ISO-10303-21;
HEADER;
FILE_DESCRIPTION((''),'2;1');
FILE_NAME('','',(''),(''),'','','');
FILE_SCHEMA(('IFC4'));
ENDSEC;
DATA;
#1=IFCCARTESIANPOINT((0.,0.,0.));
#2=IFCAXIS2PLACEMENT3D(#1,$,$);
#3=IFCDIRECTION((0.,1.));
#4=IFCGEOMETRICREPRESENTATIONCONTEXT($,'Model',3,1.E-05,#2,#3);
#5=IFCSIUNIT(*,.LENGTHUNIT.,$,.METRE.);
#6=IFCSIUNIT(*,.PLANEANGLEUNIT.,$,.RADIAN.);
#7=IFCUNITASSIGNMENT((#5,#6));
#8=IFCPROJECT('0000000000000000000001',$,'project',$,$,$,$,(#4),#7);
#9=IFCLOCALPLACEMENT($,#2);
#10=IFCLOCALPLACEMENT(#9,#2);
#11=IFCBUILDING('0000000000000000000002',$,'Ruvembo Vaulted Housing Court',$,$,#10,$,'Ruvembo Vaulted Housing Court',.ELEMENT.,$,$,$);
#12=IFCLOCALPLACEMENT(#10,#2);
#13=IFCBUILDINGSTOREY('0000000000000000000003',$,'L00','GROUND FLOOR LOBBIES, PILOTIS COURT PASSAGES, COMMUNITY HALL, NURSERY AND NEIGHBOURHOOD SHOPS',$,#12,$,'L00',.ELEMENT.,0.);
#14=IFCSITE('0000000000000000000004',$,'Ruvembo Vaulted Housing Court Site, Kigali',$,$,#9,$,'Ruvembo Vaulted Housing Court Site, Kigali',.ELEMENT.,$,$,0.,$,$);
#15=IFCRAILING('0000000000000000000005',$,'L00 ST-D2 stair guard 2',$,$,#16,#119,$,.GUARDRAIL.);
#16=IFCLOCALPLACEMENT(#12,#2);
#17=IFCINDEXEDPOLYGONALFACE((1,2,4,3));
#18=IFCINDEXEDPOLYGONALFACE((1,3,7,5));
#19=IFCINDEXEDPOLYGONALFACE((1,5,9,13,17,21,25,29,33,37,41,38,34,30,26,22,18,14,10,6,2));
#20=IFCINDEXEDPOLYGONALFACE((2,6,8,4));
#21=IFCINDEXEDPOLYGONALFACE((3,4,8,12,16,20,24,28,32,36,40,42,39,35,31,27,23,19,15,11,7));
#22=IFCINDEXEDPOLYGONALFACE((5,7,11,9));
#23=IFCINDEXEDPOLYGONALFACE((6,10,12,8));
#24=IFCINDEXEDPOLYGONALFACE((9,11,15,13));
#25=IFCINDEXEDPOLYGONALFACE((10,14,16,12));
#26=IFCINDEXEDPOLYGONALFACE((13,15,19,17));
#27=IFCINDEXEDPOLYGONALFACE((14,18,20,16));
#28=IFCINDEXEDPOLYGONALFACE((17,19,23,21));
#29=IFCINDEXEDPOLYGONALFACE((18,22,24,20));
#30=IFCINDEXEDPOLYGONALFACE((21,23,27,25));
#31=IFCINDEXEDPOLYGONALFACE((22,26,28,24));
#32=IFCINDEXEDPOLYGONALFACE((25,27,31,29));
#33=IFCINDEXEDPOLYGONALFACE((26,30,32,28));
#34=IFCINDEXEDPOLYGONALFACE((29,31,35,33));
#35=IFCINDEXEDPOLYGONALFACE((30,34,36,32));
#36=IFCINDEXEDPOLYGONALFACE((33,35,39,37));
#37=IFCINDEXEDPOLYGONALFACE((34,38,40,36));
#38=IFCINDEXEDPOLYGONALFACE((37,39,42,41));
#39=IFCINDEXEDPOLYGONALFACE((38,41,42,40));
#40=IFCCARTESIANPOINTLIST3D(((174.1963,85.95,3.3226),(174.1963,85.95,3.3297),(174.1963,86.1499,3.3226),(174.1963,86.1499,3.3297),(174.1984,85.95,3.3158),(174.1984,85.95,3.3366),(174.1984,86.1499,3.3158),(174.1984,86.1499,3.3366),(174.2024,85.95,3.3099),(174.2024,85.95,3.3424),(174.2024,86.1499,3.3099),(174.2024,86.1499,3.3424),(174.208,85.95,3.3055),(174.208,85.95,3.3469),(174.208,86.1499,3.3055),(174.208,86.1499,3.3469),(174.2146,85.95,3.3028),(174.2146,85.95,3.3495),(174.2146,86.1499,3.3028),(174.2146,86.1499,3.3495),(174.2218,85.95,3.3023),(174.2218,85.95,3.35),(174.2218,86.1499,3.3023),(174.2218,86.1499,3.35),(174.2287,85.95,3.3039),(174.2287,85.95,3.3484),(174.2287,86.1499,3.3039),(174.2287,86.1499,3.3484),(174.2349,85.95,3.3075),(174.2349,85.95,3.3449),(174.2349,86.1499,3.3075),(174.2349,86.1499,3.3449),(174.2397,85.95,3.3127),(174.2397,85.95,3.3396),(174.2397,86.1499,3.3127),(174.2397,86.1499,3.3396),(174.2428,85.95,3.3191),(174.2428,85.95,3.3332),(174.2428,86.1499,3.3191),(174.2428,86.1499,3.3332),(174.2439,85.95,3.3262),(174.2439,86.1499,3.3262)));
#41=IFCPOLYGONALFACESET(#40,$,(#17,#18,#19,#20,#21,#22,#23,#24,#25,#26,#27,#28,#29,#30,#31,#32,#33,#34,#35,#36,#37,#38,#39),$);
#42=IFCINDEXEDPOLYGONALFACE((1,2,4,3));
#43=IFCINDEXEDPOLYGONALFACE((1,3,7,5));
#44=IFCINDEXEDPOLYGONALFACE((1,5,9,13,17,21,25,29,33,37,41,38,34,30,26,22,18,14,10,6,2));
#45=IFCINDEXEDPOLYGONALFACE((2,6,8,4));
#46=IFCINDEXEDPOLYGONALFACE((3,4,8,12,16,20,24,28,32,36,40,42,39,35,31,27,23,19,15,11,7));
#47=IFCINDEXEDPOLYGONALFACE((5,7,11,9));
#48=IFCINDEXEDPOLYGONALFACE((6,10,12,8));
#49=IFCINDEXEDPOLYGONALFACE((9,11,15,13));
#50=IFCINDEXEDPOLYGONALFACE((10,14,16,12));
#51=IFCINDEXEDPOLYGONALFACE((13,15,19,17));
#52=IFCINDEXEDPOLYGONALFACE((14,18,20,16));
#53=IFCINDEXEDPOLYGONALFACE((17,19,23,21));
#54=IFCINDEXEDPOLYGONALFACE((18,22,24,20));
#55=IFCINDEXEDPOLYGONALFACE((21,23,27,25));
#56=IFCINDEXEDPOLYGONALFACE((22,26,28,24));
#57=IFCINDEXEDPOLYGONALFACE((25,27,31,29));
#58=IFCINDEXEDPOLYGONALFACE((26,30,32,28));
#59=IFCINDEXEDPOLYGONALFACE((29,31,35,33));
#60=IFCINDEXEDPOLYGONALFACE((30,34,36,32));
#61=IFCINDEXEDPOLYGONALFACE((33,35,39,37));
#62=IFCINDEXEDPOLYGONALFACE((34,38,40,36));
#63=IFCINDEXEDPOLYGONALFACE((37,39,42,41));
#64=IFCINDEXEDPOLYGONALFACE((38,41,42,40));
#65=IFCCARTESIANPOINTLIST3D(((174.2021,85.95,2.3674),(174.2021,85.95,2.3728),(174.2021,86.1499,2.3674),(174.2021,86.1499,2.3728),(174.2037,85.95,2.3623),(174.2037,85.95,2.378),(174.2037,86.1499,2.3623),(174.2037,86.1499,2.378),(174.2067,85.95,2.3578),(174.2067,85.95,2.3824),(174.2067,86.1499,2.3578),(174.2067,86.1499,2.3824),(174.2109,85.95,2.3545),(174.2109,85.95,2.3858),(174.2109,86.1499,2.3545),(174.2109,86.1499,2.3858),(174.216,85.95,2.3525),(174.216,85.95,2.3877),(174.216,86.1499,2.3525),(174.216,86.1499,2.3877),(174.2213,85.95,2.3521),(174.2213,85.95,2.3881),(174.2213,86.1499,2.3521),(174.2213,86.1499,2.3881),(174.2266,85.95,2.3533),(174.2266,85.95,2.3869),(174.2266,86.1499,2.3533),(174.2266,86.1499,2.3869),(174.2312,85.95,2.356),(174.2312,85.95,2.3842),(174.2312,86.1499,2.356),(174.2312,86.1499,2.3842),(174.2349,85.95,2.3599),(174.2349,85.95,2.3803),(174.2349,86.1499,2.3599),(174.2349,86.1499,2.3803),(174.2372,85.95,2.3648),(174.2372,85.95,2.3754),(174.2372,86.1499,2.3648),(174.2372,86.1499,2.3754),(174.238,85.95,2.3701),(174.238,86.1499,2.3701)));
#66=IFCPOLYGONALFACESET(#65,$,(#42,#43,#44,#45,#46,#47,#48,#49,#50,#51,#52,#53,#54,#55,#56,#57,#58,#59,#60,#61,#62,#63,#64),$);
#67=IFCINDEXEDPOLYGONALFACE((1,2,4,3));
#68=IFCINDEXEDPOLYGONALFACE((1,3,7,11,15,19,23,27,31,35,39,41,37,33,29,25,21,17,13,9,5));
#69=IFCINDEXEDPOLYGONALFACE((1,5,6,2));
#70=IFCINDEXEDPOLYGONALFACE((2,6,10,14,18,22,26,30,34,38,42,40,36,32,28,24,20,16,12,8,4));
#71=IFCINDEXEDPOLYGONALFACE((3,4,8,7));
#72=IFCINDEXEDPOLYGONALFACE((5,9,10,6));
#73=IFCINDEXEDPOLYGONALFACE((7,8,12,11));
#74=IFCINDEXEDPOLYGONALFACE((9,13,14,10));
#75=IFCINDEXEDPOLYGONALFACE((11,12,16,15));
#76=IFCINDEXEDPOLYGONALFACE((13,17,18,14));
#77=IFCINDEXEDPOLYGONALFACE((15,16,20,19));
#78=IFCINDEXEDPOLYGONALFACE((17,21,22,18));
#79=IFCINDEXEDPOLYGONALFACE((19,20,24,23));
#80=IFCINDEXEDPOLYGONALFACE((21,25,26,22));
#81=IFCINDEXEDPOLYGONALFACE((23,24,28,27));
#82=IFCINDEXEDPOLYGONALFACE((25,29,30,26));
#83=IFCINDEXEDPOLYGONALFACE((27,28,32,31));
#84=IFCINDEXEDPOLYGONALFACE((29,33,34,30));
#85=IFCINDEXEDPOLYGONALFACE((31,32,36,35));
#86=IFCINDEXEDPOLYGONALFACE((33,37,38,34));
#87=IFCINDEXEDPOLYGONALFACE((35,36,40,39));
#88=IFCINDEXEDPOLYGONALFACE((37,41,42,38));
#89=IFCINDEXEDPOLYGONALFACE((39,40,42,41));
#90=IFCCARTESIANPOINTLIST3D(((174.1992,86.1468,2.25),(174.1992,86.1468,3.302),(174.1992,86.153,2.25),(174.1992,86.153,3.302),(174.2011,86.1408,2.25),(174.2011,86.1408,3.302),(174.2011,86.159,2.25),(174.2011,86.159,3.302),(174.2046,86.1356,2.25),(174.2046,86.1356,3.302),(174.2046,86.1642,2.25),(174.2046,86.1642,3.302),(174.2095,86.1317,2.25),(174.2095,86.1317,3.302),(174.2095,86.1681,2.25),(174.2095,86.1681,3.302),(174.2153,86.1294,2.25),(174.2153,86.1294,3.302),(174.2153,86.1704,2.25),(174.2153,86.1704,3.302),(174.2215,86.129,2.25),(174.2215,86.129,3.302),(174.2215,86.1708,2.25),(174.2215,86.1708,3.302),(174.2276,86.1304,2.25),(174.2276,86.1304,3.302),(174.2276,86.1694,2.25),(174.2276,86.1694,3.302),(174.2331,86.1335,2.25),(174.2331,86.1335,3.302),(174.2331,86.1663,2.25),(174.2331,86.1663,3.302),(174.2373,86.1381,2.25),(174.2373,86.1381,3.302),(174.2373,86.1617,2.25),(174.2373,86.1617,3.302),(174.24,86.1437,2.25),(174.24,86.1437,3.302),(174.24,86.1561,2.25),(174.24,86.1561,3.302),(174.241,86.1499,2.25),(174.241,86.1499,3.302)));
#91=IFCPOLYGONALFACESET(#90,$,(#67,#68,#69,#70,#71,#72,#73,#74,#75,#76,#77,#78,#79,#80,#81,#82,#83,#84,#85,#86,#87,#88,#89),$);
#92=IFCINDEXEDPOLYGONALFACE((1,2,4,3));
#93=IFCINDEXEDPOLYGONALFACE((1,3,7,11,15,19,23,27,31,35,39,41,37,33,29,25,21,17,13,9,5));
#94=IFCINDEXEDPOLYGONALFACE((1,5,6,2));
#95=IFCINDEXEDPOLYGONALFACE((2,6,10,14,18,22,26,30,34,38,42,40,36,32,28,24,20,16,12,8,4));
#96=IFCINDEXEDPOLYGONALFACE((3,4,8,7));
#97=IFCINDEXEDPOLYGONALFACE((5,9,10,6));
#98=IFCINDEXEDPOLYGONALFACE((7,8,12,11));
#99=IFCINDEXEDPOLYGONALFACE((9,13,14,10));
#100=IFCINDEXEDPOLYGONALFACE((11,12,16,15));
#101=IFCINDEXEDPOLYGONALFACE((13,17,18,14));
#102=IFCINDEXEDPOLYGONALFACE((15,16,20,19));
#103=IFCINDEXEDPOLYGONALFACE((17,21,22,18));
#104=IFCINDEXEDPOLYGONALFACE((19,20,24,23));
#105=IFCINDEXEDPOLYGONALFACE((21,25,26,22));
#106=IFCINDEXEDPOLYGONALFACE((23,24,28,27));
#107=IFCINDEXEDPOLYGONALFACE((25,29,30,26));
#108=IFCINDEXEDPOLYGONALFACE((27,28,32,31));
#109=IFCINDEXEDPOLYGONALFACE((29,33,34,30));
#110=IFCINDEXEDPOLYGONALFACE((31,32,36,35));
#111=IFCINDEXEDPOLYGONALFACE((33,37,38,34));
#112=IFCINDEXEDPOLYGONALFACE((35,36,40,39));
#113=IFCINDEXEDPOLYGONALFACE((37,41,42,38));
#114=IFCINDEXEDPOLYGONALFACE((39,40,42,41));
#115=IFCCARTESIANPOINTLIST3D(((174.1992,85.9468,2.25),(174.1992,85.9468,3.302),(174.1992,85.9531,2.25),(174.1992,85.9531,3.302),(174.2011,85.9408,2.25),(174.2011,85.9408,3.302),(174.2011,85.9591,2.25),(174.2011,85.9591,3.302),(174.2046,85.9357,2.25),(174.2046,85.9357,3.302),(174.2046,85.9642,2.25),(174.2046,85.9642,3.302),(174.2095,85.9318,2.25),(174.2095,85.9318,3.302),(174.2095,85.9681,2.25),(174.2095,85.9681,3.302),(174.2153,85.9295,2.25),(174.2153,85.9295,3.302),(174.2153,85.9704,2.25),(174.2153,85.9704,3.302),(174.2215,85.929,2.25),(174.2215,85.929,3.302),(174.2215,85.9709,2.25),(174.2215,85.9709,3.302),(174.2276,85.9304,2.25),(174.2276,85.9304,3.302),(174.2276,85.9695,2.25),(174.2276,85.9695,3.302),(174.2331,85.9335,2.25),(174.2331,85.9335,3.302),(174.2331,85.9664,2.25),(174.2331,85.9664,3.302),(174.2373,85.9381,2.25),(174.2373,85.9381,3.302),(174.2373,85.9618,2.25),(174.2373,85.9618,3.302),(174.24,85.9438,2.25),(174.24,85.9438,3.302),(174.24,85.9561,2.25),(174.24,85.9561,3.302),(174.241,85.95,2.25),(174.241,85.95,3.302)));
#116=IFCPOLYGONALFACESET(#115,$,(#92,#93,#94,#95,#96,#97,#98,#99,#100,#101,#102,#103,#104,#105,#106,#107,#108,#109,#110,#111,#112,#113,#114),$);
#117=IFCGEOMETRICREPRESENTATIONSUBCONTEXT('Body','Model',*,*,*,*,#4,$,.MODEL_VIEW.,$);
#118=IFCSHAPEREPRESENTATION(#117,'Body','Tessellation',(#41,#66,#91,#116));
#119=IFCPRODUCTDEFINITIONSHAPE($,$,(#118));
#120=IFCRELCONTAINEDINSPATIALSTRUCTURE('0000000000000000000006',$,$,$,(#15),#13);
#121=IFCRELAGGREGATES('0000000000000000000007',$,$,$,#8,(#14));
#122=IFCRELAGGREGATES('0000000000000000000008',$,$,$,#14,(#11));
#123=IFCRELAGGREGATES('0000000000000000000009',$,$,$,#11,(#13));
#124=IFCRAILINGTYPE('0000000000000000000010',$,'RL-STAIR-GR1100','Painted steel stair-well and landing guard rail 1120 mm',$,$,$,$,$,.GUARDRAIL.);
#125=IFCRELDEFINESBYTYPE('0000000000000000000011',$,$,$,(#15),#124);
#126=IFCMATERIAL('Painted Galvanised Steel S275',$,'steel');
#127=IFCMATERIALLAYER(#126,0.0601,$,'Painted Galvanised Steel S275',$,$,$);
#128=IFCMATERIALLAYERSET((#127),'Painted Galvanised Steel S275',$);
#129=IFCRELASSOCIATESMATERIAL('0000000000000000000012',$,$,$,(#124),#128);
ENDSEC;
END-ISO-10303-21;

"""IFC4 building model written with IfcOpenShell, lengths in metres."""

from ifc_helpers import new_model, si_unit, direction, frame, origin, origin_2d, place, context, subcontext, project, spatial, circle, extrude, material, layer, layer_set, type_object, element, save


model = new_model("IFC4")

# Units and contexts
model_context = context("Model", 3, precision=1e-05, world=origin(), true_north=direction((0.0, 1.0)))
body_context = subcontext(model_context, "Body", "Model", "MODEL_VIEW")
ifc_project = project(units=[si_unit("LENGTHUNIT", "METRE"), si_unit("PLANEANGLEUNIT", "RADIAN")], contexts=[model_context])

# Site, building, storey
site_placement = place(None, origin())
site = spatial("IfcSite", under=ifc_project, at=site_placement, Name="Ruvembo Vaulted Housing Court Site, Kigali", LongName="Ruvembo Vaulted Housing Court Site, Kigali", CompositionType="ELEMENT", RefElevation=0.0)
building_placement = place(site_placement, origin())
building = spatial("IfcBuilding", under=site, at=building_placement, Name="Ruvembo Vaulted Housing Court", LongName="Ruvembo Vaulted Housing Court", CompositionType="ELEMENT")
storey_placement = place(building_placement, origin())
storey = spatial("IfcBuildingStorey", under=building, at=storey_placement, Name="L00", Description="GROUND FLOOR LOBBIES, PILOTIS COURT PASSAGES, COMMUNITY HALL, NURSERY AND NEIGHBOURHOOD SHOPS", LongName="L00", CompositionType="ELEMENT", Elevation=0.0)

# Railing
ifc_material_1 = material(Name="Painted Galvanised Steel S275", Category="steel")
ifc_layer_1 = layer(ifc_material_1, 0.0601, Name="Painted Galvanised Steel S275")
ifc_layer_set_1 = layer_set([ifc_layer_1], Name="Painted Galvanised Steel S275")
railing_type_1 = type_object("IfcRailingType", Name="RL-STAIR-GR1100", Description="Painted steel stair-well and landing guard rail 1120 mm", PredefinedType="GUARDRAIL", material=ifc_layer_set_1)
railing_1_placement = place(storey_placement, frame((174.22, 86.1499, 2.25)))
element("IfcRailing", 1, at=railing_1_placement, inside=storey, type_object=railing_type_1, Name="L00 ST-D2 stair guard 2", PredefinedType="GUARDRAIL", context=body_context, shape_type="SweptSolid", body=[
    extrude(circle(Radius=0.0239, at=origin_2d()), frame((0.0, 0.0, 1.0762), z_axis=(0.0, -1.0, 0.0), x_axis=(1.0, 0.0, 0.0)), (0.0, 0.0, 1.0), 0.2),
    extrude(circle(Radius=0.0181, at=origin_2d()), frame((0.0, 0.0, 0.1201), z_axis=(0.0, -1.0, 0.0), x_axis=(1.0, 0.0, 0.0)), (0.0, 0.0, 1.0), 0.2),
    extrude(circle(Radius=0.021, at=origin_2d()), origin(), (0.0, 0.0, 1.0), 1.052),
    extrude(circle(Radius=0.021, at=origin_2d()), frame((0.0, -0.2, 0.0)), (0.0, 0.0, 1.0), 1.052),
])

save(model, "model.ifc")
